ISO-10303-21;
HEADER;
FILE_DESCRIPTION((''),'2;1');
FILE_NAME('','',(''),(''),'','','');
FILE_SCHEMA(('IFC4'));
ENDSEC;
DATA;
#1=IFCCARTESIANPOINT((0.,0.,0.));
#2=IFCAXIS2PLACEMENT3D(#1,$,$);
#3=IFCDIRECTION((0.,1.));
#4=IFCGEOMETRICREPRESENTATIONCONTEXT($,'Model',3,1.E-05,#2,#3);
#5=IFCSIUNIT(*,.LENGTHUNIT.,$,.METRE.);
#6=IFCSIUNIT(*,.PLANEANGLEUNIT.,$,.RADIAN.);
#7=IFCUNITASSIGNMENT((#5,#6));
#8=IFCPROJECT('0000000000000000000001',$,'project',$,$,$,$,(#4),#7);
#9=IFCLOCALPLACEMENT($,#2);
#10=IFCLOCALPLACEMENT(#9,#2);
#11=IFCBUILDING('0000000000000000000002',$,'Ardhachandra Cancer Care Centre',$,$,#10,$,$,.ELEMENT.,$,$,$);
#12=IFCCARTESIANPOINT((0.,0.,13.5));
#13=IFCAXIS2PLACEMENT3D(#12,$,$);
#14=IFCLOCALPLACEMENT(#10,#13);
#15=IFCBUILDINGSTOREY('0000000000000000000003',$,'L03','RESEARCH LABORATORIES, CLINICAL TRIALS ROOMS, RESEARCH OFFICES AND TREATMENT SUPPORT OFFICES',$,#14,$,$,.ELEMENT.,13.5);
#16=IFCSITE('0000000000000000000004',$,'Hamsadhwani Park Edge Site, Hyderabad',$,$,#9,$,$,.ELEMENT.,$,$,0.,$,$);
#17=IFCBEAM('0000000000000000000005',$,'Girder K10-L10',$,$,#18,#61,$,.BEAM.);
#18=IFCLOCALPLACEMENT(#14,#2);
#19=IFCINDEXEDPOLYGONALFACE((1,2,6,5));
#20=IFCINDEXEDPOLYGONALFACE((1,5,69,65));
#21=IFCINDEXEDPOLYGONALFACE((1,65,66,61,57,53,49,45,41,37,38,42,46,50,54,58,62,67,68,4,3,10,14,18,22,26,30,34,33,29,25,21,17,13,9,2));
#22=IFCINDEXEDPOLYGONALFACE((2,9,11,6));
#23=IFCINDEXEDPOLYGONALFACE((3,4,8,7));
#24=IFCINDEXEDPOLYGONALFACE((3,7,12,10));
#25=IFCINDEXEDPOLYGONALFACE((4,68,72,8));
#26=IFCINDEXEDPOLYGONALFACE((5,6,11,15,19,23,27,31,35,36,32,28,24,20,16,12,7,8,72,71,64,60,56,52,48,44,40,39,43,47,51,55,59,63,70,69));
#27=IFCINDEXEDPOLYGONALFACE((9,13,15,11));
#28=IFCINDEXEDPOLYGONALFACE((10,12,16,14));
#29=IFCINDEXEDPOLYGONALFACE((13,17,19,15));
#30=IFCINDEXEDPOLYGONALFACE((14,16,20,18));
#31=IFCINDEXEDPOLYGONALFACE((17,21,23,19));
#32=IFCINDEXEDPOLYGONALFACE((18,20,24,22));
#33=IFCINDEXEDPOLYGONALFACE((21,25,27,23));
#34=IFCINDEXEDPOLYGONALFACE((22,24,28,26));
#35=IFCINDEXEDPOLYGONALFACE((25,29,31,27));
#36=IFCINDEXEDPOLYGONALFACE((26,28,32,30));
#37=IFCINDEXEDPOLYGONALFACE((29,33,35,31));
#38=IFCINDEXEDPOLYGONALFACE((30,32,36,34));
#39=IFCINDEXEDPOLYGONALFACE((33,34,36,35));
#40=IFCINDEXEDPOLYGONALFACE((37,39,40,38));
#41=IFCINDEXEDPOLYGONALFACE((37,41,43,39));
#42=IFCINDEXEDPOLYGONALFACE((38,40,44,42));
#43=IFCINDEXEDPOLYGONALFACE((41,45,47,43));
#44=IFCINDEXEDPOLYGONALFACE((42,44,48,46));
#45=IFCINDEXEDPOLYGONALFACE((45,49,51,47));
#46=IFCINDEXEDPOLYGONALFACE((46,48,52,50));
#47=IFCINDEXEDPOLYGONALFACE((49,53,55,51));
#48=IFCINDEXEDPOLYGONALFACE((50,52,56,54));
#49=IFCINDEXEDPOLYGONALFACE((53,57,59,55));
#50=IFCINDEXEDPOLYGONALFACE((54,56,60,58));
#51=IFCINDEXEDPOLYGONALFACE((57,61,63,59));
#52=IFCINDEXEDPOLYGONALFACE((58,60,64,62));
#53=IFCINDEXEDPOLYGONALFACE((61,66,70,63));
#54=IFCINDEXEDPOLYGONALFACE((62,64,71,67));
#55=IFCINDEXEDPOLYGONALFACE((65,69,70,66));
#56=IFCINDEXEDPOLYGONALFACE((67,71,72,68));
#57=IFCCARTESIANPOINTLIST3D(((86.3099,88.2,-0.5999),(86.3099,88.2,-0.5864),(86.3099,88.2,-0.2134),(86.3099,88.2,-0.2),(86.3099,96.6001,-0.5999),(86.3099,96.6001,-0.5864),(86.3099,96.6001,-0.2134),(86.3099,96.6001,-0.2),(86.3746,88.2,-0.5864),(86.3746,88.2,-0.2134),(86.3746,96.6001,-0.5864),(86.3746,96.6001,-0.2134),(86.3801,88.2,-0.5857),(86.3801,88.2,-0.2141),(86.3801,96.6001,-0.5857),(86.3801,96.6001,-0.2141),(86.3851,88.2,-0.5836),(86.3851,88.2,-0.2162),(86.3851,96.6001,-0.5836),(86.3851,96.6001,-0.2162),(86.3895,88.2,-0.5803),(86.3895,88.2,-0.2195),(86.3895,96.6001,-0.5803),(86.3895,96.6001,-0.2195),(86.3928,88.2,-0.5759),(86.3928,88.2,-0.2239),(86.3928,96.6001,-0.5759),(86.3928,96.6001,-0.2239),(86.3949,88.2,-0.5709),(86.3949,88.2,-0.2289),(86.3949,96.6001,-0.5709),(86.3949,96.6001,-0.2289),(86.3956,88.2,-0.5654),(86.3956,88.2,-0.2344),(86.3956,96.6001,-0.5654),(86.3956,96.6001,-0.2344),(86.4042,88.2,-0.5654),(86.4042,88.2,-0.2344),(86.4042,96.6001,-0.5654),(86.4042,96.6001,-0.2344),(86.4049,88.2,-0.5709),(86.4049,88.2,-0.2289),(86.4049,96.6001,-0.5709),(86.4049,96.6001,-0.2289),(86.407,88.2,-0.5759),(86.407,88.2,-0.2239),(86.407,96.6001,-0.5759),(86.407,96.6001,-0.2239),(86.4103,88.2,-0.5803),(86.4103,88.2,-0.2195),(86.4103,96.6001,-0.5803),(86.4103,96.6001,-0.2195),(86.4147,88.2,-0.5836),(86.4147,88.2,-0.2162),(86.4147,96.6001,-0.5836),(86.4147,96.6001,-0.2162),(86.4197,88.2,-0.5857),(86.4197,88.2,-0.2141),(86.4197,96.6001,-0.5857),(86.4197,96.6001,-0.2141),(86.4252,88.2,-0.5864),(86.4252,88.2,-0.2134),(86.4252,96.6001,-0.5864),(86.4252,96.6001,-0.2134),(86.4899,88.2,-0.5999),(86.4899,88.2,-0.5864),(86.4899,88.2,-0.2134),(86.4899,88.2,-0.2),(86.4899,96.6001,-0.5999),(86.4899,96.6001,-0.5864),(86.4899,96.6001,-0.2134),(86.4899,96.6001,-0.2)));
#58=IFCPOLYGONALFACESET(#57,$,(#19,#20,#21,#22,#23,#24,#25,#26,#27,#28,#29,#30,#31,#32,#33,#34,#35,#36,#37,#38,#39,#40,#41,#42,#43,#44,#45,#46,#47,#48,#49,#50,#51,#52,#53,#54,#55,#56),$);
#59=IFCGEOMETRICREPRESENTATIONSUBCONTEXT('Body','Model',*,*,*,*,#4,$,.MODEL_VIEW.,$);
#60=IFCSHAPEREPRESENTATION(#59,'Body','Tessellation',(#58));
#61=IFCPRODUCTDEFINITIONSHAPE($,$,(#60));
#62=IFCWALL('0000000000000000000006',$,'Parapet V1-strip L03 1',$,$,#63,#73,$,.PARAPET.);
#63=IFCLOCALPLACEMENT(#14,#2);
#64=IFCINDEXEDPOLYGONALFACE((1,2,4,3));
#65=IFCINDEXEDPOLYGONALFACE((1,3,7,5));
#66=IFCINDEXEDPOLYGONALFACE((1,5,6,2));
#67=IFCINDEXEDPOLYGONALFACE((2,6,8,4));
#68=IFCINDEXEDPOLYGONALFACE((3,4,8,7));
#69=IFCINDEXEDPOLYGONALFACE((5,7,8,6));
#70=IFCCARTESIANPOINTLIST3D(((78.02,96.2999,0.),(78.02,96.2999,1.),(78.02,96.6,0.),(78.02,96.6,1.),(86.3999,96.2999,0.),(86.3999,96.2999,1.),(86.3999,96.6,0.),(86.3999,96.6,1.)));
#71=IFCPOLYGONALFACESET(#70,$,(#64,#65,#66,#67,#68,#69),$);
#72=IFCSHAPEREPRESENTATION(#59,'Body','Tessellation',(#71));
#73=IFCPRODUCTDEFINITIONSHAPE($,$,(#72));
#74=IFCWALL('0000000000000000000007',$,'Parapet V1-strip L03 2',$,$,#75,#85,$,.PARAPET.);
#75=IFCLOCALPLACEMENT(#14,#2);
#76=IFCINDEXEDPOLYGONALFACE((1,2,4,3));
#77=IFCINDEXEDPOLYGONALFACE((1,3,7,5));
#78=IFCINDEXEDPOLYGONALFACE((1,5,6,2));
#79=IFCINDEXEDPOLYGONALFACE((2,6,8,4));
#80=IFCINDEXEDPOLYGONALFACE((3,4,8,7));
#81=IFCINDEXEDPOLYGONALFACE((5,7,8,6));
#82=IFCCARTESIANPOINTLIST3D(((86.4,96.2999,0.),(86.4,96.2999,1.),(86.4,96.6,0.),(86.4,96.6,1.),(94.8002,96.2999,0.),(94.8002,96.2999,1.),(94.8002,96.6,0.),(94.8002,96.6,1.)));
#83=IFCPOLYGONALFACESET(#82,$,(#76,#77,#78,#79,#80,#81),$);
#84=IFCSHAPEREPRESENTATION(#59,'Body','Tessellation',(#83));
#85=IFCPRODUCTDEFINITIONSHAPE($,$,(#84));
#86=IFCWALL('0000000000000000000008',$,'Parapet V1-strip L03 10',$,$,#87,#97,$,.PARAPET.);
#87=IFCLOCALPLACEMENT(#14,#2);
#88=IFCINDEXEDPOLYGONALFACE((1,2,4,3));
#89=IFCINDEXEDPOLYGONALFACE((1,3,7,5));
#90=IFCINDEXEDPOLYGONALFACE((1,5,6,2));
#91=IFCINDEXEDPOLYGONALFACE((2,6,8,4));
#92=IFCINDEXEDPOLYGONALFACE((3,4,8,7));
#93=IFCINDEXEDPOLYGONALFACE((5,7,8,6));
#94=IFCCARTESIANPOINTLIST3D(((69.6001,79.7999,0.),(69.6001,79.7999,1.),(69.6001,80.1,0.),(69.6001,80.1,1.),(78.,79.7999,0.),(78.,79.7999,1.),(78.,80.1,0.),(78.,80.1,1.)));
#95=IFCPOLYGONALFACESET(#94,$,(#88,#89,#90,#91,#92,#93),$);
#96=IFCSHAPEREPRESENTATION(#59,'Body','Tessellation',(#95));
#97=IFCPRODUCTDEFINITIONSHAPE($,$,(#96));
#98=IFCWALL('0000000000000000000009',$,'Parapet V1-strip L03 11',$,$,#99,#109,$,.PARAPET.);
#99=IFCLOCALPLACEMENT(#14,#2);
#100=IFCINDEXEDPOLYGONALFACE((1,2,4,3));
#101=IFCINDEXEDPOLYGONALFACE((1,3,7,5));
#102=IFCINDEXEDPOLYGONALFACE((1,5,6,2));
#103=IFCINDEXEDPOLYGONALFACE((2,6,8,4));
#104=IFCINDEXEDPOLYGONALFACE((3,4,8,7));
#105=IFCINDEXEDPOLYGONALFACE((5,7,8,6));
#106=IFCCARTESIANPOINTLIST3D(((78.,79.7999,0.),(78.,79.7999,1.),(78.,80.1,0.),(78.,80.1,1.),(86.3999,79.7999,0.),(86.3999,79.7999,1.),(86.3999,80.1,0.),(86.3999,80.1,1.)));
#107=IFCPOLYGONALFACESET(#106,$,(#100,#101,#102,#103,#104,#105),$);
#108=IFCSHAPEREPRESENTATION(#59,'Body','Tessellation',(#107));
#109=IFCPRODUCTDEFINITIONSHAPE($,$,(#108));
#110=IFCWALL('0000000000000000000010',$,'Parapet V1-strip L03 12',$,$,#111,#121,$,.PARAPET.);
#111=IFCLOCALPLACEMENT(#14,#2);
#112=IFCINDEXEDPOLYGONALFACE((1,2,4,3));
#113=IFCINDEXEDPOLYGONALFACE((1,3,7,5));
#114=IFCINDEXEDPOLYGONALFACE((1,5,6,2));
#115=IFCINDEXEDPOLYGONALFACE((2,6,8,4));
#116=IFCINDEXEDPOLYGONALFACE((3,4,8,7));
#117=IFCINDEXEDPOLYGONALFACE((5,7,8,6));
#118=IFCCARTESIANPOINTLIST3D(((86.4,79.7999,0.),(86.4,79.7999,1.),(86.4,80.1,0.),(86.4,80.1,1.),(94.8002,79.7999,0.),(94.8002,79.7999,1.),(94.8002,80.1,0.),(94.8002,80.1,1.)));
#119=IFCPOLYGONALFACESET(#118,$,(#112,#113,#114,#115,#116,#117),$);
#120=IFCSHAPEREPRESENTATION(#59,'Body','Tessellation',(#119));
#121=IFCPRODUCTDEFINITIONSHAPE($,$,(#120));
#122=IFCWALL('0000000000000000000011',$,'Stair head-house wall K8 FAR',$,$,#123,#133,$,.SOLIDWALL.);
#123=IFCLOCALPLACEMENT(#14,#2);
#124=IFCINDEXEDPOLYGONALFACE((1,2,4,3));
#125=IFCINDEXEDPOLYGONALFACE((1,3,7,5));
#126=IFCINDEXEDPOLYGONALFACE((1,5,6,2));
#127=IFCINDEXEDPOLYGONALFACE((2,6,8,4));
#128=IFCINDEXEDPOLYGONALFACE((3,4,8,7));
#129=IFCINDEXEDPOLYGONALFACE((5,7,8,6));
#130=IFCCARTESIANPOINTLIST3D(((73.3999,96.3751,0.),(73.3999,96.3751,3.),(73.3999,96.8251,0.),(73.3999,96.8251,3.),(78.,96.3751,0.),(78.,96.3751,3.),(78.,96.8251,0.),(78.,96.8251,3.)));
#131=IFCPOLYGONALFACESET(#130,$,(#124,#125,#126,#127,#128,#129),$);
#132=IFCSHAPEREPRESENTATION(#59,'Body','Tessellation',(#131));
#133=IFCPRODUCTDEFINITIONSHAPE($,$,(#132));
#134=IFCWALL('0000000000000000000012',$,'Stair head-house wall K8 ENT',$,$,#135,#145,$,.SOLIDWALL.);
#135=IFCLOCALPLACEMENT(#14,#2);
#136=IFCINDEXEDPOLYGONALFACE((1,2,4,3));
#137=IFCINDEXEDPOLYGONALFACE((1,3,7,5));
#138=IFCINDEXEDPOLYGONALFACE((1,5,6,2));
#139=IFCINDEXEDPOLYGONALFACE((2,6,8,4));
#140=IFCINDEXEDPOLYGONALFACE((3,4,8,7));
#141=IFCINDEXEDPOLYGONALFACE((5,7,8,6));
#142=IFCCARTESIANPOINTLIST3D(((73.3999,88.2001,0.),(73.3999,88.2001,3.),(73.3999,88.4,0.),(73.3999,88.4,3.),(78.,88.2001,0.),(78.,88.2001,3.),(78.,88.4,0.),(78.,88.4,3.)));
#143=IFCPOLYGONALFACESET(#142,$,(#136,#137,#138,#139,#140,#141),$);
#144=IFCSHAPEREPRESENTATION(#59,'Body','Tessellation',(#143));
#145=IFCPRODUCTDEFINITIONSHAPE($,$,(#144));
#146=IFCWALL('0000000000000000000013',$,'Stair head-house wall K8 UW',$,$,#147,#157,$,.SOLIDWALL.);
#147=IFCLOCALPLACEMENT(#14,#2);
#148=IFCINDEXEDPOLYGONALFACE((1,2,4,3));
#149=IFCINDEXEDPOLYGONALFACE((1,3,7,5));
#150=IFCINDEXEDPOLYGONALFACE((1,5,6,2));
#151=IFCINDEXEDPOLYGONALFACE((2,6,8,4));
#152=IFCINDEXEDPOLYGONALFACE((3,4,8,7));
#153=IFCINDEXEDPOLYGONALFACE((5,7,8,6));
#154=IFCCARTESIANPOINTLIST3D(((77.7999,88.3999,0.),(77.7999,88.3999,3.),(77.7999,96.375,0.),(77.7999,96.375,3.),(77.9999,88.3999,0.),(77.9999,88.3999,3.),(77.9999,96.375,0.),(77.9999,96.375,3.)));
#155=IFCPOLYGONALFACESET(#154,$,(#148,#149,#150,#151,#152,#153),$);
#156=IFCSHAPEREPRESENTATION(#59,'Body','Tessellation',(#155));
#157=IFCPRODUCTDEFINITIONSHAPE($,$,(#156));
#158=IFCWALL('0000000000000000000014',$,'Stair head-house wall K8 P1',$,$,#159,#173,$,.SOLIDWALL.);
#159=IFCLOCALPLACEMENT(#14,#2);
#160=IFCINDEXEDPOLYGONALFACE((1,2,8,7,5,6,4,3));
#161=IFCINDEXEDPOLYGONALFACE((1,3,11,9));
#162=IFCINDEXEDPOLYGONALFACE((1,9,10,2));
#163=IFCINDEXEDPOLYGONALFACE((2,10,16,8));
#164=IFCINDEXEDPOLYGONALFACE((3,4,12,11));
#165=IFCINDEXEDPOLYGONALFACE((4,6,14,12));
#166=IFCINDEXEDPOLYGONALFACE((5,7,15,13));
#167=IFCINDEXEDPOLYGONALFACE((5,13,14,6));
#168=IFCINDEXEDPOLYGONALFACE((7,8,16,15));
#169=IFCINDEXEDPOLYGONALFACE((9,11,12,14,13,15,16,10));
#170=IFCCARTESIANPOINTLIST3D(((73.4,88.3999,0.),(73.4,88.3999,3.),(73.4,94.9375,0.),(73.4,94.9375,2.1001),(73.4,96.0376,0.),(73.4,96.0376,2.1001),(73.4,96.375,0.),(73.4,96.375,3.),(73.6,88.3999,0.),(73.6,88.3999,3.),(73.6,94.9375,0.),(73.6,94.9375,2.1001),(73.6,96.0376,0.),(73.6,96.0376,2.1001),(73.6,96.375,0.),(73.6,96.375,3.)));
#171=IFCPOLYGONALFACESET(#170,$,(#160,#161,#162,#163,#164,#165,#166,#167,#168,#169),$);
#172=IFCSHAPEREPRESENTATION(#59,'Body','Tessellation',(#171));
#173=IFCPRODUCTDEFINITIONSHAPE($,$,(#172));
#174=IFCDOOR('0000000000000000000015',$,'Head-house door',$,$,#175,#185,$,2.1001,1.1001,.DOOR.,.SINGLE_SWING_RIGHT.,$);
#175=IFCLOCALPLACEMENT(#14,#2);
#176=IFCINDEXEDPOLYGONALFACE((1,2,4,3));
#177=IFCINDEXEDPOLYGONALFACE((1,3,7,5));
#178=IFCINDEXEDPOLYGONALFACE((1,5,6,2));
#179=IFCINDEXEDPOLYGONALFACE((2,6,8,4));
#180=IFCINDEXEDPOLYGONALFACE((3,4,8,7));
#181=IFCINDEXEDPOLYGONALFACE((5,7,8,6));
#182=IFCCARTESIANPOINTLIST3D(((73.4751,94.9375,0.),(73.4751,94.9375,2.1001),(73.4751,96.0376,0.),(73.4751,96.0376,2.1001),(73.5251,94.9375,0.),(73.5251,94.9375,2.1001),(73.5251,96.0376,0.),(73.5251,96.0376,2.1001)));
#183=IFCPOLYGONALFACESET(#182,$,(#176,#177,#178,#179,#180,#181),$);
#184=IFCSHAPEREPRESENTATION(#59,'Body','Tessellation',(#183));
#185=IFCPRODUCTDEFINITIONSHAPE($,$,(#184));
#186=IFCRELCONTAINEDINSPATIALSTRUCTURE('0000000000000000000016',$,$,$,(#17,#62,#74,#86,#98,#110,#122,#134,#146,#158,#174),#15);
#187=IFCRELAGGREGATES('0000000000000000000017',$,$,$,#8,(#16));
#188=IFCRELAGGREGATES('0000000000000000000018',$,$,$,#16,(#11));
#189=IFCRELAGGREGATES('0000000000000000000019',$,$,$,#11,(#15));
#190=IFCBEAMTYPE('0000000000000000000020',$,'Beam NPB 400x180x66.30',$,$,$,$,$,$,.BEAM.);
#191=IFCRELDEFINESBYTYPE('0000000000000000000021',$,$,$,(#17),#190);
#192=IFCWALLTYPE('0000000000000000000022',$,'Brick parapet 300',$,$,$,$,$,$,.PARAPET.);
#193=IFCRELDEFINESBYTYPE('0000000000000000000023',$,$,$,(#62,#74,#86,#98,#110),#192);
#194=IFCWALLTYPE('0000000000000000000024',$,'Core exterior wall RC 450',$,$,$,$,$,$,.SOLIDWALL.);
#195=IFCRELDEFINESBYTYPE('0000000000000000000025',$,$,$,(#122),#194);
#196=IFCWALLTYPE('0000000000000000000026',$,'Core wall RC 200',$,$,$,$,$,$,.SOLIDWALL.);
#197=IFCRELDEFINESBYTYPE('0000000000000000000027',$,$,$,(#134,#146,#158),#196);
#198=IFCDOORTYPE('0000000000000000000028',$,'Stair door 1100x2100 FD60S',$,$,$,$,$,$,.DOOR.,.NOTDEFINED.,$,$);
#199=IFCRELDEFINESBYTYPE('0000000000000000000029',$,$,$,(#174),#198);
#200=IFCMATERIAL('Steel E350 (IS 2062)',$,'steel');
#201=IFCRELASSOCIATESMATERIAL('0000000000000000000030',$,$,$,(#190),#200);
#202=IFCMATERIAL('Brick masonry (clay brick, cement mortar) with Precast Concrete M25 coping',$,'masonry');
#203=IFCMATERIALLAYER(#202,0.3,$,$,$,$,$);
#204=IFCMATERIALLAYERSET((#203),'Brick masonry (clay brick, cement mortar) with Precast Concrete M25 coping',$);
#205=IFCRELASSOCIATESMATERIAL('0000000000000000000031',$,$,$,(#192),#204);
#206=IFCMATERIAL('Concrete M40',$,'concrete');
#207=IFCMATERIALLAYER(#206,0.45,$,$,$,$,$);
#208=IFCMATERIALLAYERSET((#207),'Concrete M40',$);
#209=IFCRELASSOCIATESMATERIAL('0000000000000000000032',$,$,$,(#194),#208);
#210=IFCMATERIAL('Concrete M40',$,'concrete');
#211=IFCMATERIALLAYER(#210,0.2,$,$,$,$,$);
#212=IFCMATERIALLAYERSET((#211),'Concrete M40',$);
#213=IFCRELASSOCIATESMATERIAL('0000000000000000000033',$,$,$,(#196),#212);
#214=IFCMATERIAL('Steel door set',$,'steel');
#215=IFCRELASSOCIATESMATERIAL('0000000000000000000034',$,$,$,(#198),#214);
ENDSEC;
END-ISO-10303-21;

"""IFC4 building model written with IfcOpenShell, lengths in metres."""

from ifc_helpers import new_model, si_unit, direction, frame, frame_2d, origin, origin_2d, place, context, subcontext, project, spatial, rectangle, i_section, extrude, material, layer, layer_set, material_profile, profile_set, type_object, element, fill, save


model = new_model("IFC4")

# Units and contexts
model_context = context("Model", 3, precision=1e-05, world=origin(), true_north=direction((0.0, 1.0)))
body_context = subcontext(model_context, "Body", "Model", "MODEL_VIEW")
ifc_project = project(units=[si_unit("LENGTHUNIT", "METRE"), si_unit("PLANEANGLEUNIT", "RADIAN")], contexts=[model_context])

# Site, building, storey
site_placement = place(None, origin())
site = spatial("IfcSite", under=ifc_project, at=site_placement, Name="Hamsadhwani Park Edge Site, Hyderabad", CompositionType="ELEMENT", RefElevation=0.0)
building_placement = place(site_placement, origin())
building = spatial("IfcBuilding", under=site, at=building_placement, Name="Ardhachandra Cancer Care Centre", CompositionType="ELEMENT")
storey_placement = place(building_placement, frame((0.0, 0.0, 13.5)))
storey = spatial("IfcBuildingStorey", under=building, at=storey_placement, Name="L03", Description="RESEARCH LABORATORIES, CLINICAL TRIALS ROOMS, RESEARCH OFFICES AND TREATMENT SUPPORT OFFICES", CompositionType="ELEMENT", Elevation=13.5)

# Beam
ifc_material_1 = material(Name="Steel E350 (IS 2062)", Category="steel")
ifc_material_profile_1 = material_profile(ifc_material_1, i_section(OverallWidth=0.1799, OverallDepth=0.3999, WebThickness=0.0085, FlangeThickness=0.0134, FilletRadius=0.021, at=origin_2d()), Name="NPB 400x180x66.30")
ifc_profile_set_1 = profile_set([ifc_material_profile_1], Name="Steel E350 (IS 2062)")
beam_type_1 = type_object("IfcBeamType", Name="Beam NPB 400x180x66.30", PredefinedType="BEAM", material=ifc_profile_set_1)
beam_1_placement = place(storey_placement, frame((86.3999, 88.2, -0.3999), z_axis=(0.0, 1.0, 0.0), x_axis=(-1.0, 0.0, 0.0)))
element("IfcBeam", 1, at=beam_1_placement, inside=storey, type_object=beam_type_1, Name="Girder K10-L10", PredefinedType="BEAM", context=body_context, shape_type="SweptSolid", body=[
    extrude(i_section(OverallWidth=0.1799, OverallDepth=0.3999, WebThickness=0.0085, FlangeThickness=0.0134, FilletRadius=0.021, at=origin_2d()), origin(), (0.0, 0.0, 1.0), 8.4001),
])

# Walls
ifc_material_2 = material(Name="Brick masonry (clay brick, cement mortar) with Precast Concrete M25 coping", Category="masonry")
ifc_layer_1 = layer(ifc_material_2, 0.3)
ifc_layer_set_1 = layer_set([ifc_layer_1], Name="Brick masonry (clay brick, cement mortar) with Precast Concrete M25 coping")
wall_type_1 = type_object("IfcWallType", Name="Brick parapet 300", PredefinedType="PARAPET", material=ifc_layer_set_1)
wall_1_placement = place(storey_placement, frame((78.02, 96.45, 0.0), z_axis=(0.0, 0.0, 1.0), x_axis=(1.0, 0.0, 0.0)))
element("IfcWall", 2, at=wall_1_placement, inside=storey, type_object=wall_type_1, Name="Parapet V1-strip L03 1", PredefinedType="PARAPET", context=body_context, shape_type="SweptSolid", body=[
    extrude(rectangle(XDim=8.3799, YDim=0.3, at=frame_2d((4.1899, 0.0))), origin(), (0.0, 0.0, 1.0), 1.0),
])
wall_2_placement = place(storey_placement, frame((86.3999, 96.45, 0.0), z_axis=(0.0, 0.0, 1.0), x_axis=(1.0, 0.0, 0.0)))
element("IfcWall", 3, at=wall_2_placement, inside=storey, type_object=wall_type_1, Name="Parapet V1-strip L03 2", PredefinedType="PARAPET", context=body_context, shape_type="SweptSolid", body=[
    extrude(rectangle(XDim=8.4001, YDim=0.3, at=frame_2d((4.2002, 0.0))), origin(), (0.0, 0.0, 1.0), 1.0),
])
for number, where, z_axis, x_axis, name in (
    (4, (69.6001, 79.95, 0.0), (0.0, 0.0, 1.0), (1.0, 0.0, 0.0), "Parapet V1-strip L03 10"),
    (5, (78.0, 79.95, 0.0), (0.0, 0.0, 1.0), (1.0, 0.0, 0.0), "Parapet V1-strip L03 11"),
):
    element("IfcWall", number, at=place(storey_placement, frame(where, z_axis=z_axis, x_axis=x_axis)), inside=storey, type_object=wall_type_1, Name=name, PredefinedType="PARAPET", context=body_context, shape_type="SweptSolid", body=[
        extrude(rectangle(XDim=8.3999, YDim=0.3, at=frame_2d((4.2, 0.0))), origin(), (0.0, 0.0, 1.0), 1.0),
    ])
wall_3_placement = place(storey_placement, frame((86.3999, 79.95, 0.0), z_axis=(0.0, 0.0, 1.0), x_axis=(1.0, 0.0, 0.0)))
element("IfcWall", 6, at=wall_3_placement, inside=storey, type_object=wall_type_1, Name="Parapet V1-strip L03 12", PredefinedType="PARAPET", context=body_context, shape_type="SweptSolid", body=[
    extrude(rectangle(XDim=8.4001, YDim=0.3, at=frame_2d((4.2002, 0.0))), origin(), (0.0, 0.0, 1.0), 1.0),
])
ifc_material_3 = material(Name="Concrete M40", Category="concrete")
ifc_layer_2 = layer(ifc_material_3, 0.45)
ifc_layer_set_2 = layer_set([ifc_layer_2], Name="Concrete M40")
wall_type_2 = type_object("IfcWallType", Name="Core exterior wall RC 450", PredefinedType="SOLIDWALL", material=ifc_layer_set_2)
wall_4_placement = place(storey_placement, frame((78.0, 96.6001, 0.0), z_axis=(0.0, 0.0, 1.0), x_axis=(-1.0, 0.0, 0.0)))
element("IfcWall", 7, at=wall_4_placement, inside=storey, type_object=wall_type_2, Name="Stair head-house wall K8 FAR", PredefinedType="SOLIDWALL", context=body_context, shape_type="SweptSolid", body=[
    extrude(rectangle(XDim=4.6001, YDim=0.45, at=frame_2d((2.3, 0.0))), origin(), (0.0, 0.0, 1.0), 3.0),
])
ifc_material_4 = material(Name="Concrete M40", Category="concrete")
ifc_layer_3 = layer(ifc_material_4, 0.2)
ifc_layer_set_3 = layer_set([ifc_layer_3], Name="Concrete M40")
wall_type_3 = type_object("IfcWallType", Name="Core wall RC 200", PredefinedType="SOLIDWALL", material=ifc_layer_set_3)
wall_5_placement = place(storey_placement, frame((78.0, 88.3, 0.0), z_axis=(0.0, 0.0, 1.0), x_axis=(-1.0, 0.0, 0.0)))
element("IfcWall", 8, at=wall_5_placement, inside=storey, type_object=wall_type_3, Name="Stair head-house wall K8 ENT", PredefinedType="SOLIDWALL", context=body_context, shape_type="SweptSolid", body=[
    extrude(rectangle(XDim=4.6001, YDim=0.2, at=frame_2d((2.3, 0.0))), origin(), (0.0, 0.0, 1.0), 3.0),
])
wall_6_placement = place(storey_placement, frame((77.8999, 88.3999, 0.0), z_axis=(0.0, 0.0, 1.0), x_axis=(0.0, 1.0, 0.0)))
element("IfcWall", 9, at=wall_6_placement, inside=storey, type_object=wall_type_3, Name="Stair head-house wall K8 UW", PredefinedType="SOLIDWALL", context=body_context, shape_type="SweptSolid", body=[
    extrude(rectangle(XDim=7.9751, YDim=0.2, at=frame_2d((3.9875, 0.0))), origin(), (0.0, 0.0, 1.0), 3.0),
])

# Wall, opening, door
wall_7_placement = place(storey_placement, frame((73.5, 88.3999, 0.0), z_axis=(0.0, 0.0, 1.0), x_axis=(0.0, 1.0, 0.0)))
wall_7 = element("IfcWall", 10, at=wall_7_placement, inside=storey, type_object=wall_type_3, Name="Stair head-house wall K8 P1", PredefinedType="SOLIDWALL", context=body_context, shape_type="SweptSolid", body=[
    extrude(rectangle(XDim=7.9751, YDim=0.2, at=frame_2d((3.9875, 0.0))), origin(), (0.0, 0.0, 1.0), 3.0),
])
opening_placement = place(wall_7_placement, frame((6.5376, 0.0, 0.0)))
opening = element("IfcOpeningElement", 11, at=opening_placement, cuts=wall_7, PredefinedType="OPENING", context=body_context, shape_type="SweptSolid", body=[
    extrude(rectangle(XDim=1.1001, YDim=2.1001, at=frame_2d((0.55, 1.05))), frame((0.0, 0.1099, 0.0), z_axis=(0.0, -1.0, 0.0), x_axis=(1.0, 0.0, 0.0)), (0.0, 0.0, 1.0), 0.22),
])
ifc_material_5 = material(Name="Steel door set", Category="steel")
door_type = type_object("IfcDoorType", Name="Stair door 1100x2100 FD60S", OperationType="NOTDEFINED", PredefinedType="DOOR", material=ifc_material_5)
door_placement = place(opening_placement, origin())
door = element("IfcDoor", 12, at=door_placement, inside=storey, type_object=door_type, Name="Head-house door", OperationType="SINGLE_SWING_RIGHT", OverallHeight=2.1001, OverallWidth=1.1001, PredefinedType="DOOR", context=body_context, shape_type="SweptSolid", body=[
    extrude(rectangle(XDim=1.1001, YDim=2.1001, at=frame_2d((0.55, 1.05))), frame((0.0, 0.0249, 0.0), z_axis=(0.0, -1.0, 0.0), x_axis=(1.0, 0.0, 0.0)), (0.0, 0.0, 1.0), 0.05),
])
fill(opening, door)

save(model, "model.ifc")
